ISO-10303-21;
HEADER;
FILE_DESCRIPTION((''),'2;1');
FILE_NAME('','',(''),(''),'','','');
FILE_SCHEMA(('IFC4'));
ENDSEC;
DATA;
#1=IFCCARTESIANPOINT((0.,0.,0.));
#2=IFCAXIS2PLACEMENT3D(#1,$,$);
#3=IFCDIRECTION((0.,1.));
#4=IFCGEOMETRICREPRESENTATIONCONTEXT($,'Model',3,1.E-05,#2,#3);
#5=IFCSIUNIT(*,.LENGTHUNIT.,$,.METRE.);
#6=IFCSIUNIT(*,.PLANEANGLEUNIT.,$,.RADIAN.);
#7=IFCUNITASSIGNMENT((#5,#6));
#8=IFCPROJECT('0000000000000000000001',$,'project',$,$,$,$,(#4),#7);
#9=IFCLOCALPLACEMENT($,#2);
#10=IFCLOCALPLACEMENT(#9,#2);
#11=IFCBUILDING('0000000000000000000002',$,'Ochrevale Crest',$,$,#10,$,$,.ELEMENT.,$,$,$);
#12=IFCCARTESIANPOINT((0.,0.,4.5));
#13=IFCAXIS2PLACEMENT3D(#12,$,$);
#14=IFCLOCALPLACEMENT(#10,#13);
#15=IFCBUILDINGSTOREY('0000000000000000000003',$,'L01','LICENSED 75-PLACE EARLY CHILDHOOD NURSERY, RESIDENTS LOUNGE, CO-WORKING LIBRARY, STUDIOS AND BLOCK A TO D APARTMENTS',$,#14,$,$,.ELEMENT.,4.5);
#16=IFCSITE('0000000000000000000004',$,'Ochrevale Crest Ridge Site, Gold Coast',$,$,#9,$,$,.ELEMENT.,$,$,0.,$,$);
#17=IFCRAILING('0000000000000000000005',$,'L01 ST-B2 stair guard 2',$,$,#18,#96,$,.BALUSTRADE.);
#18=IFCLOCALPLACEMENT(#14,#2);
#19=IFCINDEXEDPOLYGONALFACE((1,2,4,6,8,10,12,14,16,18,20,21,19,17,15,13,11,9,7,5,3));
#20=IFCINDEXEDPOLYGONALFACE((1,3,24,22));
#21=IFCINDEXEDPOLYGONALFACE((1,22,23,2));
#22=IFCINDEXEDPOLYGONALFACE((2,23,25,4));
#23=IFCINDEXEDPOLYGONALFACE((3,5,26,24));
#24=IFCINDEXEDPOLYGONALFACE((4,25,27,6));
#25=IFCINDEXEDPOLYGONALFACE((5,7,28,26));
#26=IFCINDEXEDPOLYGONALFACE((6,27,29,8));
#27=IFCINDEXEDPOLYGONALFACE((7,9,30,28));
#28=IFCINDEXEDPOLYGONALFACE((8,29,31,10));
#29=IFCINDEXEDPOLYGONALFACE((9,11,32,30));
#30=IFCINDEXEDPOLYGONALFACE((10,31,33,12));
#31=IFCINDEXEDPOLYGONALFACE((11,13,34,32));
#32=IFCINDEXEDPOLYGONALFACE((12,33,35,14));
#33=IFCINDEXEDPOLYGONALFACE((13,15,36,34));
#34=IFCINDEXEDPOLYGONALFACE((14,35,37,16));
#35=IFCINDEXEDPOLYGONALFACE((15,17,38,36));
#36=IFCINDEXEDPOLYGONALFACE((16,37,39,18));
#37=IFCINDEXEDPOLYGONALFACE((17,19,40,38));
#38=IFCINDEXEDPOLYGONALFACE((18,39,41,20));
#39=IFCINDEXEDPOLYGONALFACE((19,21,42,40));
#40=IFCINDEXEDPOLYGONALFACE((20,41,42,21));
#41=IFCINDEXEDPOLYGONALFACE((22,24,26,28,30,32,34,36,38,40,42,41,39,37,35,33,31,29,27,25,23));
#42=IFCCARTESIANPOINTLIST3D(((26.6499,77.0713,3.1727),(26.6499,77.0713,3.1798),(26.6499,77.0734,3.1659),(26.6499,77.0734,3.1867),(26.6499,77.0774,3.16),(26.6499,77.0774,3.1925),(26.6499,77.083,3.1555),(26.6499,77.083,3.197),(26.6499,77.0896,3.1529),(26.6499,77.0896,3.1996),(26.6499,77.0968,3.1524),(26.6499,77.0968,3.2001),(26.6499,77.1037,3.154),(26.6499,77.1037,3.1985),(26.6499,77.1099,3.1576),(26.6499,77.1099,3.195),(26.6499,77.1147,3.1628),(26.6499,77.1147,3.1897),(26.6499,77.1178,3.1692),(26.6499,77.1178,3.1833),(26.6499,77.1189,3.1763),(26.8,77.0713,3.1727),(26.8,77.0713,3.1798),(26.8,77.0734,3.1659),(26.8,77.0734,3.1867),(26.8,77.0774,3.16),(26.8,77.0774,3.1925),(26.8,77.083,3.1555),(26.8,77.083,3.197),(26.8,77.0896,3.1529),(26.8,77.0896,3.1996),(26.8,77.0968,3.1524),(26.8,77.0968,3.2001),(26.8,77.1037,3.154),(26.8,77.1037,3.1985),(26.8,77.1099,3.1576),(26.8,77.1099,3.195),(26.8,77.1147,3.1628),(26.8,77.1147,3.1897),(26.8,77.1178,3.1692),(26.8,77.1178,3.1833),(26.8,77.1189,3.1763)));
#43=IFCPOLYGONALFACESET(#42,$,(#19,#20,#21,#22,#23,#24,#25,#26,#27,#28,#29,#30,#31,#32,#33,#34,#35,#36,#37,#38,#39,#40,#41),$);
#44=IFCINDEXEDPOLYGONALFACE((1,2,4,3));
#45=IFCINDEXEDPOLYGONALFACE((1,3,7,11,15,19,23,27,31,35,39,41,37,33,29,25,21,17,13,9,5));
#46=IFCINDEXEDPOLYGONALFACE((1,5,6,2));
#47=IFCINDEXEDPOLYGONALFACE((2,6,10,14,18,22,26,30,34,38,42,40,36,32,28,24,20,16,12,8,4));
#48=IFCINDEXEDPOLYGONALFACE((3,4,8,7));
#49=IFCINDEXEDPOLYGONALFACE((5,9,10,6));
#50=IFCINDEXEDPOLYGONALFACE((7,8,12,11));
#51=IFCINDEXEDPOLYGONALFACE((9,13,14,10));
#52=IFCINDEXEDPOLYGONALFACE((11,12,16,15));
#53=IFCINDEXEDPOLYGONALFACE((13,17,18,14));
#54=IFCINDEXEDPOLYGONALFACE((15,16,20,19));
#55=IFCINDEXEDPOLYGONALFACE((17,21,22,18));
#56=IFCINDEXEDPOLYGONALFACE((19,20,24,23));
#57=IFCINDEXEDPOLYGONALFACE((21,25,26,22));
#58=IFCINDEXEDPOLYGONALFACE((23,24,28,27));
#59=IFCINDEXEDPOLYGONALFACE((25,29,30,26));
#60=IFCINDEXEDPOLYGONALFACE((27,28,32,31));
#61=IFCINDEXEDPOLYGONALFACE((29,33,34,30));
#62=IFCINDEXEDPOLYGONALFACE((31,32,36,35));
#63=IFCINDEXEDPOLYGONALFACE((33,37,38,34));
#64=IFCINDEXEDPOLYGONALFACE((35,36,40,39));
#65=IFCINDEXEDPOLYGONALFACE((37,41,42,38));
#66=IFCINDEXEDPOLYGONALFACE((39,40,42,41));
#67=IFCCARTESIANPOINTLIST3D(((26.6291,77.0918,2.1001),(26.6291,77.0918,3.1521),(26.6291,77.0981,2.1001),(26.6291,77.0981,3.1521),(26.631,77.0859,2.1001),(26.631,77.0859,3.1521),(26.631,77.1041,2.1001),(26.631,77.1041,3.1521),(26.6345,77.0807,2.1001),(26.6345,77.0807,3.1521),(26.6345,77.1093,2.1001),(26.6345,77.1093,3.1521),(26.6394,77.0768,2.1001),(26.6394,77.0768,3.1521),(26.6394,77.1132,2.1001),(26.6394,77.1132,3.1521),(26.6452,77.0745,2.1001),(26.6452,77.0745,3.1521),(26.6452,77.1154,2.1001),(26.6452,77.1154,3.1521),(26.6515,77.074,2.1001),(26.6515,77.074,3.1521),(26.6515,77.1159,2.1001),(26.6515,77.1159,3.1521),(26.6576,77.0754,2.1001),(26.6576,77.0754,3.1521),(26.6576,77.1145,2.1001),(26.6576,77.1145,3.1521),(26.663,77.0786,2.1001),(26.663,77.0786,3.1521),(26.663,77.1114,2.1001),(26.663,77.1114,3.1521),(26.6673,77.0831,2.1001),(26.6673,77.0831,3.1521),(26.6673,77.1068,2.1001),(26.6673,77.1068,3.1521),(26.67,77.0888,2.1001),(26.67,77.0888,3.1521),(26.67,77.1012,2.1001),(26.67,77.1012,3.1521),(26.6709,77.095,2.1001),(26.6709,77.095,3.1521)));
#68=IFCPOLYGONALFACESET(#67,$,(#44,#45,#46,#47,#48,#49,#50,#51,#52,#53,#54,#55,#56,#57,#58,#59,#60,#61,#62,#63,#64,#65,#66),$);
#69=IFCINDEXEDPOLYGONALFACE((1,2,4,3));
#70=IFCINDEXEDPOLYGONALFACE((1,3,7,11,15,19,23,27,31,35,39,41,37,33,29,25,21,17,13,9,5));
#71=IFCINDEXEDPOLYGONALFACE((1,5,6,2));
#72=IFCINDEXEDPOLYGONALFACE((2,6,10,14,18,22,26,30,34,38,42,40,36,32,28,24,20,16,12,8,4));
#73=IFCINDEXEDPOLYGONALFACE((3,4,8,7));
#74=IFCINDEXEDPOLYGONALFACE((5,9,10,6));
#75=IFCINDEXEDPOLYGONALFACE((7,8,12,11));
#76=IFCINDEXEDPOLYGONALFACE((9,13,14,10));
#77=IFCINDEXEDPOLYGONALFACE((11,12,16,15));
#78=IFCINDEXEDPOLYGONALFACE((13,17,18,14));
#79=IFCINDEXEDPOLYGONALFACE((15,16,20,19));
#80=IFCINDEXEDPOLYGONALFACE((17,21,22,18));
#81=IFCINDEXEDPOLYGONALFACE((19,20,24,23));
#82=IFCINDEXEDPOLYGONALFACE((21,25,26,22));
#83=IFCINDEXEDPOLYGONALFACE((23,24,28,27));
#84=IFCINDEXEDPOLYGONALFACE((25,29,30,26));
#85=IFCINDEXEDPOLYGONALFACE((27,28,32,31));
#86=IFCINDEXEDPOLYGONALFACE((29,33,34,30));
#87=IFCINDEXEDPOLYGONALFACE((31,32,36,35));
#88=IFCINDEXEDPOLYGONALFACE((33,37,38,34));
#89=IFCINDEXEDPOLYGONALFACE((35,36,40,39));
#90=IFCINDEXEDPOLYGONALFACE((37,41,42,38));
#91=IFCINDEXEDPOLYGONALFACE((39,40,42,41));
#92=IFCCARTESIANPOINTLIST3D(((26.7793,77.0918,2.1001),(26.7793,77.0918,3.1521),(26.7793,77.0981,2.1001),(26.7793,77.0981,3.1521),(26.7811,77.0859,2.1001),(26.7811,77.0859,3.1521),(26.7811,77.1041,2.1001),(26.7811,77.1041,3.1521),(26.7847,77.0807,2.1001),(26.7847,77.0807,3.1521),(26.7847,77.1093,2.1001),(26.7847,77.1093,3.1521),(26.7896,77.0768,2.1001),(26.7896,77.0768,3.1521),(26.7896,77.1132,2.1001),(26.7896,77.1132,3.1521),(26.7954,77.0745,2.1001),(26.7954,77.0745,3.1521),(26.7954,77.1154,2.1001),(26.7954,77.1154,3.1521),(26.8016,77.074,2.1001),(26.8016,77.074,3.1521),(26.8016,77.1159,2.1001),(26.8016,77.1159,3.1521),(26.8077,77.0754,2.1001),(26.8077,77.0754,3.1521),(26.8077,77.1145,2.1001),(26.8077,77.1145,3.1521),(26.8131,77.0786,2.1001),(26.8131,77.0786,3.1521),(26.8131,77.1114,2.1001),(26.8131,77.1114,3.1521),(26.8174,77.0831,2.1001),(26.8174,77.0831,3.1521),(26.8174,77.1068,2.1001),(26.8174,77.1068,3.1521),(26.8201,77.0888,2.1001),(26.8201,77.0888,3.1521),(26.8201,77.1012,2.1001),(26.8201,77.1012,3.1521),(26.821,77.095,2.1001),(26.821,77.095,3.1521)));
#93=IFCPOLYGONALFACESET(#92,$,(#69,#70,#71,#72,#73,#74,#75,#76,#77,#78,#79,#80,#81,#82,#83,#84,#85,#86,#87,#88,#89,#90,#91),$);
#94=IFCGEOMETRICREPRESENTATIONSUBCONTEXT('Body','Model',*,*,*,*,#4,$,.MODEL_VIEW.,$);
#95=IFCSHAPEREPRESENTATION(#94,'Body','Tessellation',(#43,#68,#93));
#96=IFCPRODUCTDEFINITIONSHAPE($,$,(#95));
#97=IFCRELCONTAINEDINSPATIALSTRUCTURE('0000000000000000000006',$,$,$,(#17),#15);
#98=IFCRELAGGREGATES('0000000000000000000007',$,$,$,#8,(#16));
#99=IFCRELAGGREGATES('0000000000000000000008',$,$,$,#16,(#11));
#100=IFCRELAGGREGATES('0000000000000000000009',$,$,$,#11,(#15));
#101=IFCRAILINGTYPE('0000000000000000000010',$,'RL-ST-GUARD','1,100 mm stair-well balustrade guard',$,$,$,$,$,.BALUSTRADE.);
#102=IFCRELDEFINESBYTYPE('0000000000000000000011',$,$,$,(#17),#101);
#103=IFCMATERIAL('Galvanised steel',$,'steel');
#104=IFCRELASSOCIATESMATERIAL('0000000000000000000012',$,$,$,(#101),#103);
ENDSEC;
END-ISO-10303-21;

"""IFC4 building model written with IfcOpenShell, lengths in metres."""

from ifc_helpers import new_model, si_unit, direction, frame, origin, origin_2d, place, context, subcontext, project, spatial, circle, extrude, material, type_object, element, save


model = new_model("IFC4")

# Units and contexts
model_context = context("Model", 3, precision=1e-05, world=origin(), true_north=direction((0.0, 1.0)))
body_context = subcontext(model_context, "Body", "Model", "MODEL_VIEW")
ifc_project = project(units=[si_unit("LENGTHUNIT", "METRE"), si_unit("PLANEANGLEUNIT", "RADIAN")], contexts=[model_context])

# Site, building, storey
site_placement = place(None, origin())
site = spatial("IfcSite", under=ifc_project, at=site_placement, Name="Ochrevale Crest Ridge Site, Gold Coast", CompositionType="ELEMENT", RefElevation=0.0)
building_placement = place(site_placement, origin())
building = spatial("IfcBuilding", under=site, at=building_placement, Name="Ochrevale Crest", CompositionType="ELEMENT")
storey_placement = place(building_placement, frame((0.0, 0.0, 4.5)))
storey = spatial("IfcBuildingStorey", under=building, at=storey_placement, Name="L01", Description="LICENSED 75-PLACE EARLY CHILDHOOD NURSERY, RESIDENTS LOUNGE, CO-WORKING LIBRARY, STUDIOS AND BLOCK A TO D APARTMENTS", CompositionType="ELEMENT", Elevation=4.5)

# Railing
ifc_material_1 = material(Name="Galvanised steel", Category="steel")
railing_type_1 = type_object("IfcRailingType", Name="RL-ST-GUARD", Description="1,100 mm stair-well balustrade guard", PredefinedType="BALUSTRADE", material=ifc_material_1)
railing_1_placement = place(storey_placement, frame((26.6499, 77.095, 2.1001)))
element("IfcRailing", 1, at=railing_1_placement, inside=storey, type_object=railing_type_1, Name="L01 ST-B2 stair guard 2", PredefinedType="BALUSTRADE", context=body_context, shape_type="SweptSolid", body=[
    extrude(circle(Radius=0.0239, at=origin_2d()), frame((0.0, 0.0, 1.0762), z_axis=(1.0, 0.0, 0.0), x_axis=(0.0, 1.0, 0.0)), (0.0, 0.0, 1.0), 0.1501),
    extrude(circle(Radius=0.021, at=origin_2d()), origin(), (0.0, 0.0, 1.0), 1.052),
    extrude(circle(Radius=0.021, at=origin_2d()), frame((0.1501, 0.0, 0.0)), (0.0, 0.0, 1.0), 1.052),
])

save(model, "model.ifc")
